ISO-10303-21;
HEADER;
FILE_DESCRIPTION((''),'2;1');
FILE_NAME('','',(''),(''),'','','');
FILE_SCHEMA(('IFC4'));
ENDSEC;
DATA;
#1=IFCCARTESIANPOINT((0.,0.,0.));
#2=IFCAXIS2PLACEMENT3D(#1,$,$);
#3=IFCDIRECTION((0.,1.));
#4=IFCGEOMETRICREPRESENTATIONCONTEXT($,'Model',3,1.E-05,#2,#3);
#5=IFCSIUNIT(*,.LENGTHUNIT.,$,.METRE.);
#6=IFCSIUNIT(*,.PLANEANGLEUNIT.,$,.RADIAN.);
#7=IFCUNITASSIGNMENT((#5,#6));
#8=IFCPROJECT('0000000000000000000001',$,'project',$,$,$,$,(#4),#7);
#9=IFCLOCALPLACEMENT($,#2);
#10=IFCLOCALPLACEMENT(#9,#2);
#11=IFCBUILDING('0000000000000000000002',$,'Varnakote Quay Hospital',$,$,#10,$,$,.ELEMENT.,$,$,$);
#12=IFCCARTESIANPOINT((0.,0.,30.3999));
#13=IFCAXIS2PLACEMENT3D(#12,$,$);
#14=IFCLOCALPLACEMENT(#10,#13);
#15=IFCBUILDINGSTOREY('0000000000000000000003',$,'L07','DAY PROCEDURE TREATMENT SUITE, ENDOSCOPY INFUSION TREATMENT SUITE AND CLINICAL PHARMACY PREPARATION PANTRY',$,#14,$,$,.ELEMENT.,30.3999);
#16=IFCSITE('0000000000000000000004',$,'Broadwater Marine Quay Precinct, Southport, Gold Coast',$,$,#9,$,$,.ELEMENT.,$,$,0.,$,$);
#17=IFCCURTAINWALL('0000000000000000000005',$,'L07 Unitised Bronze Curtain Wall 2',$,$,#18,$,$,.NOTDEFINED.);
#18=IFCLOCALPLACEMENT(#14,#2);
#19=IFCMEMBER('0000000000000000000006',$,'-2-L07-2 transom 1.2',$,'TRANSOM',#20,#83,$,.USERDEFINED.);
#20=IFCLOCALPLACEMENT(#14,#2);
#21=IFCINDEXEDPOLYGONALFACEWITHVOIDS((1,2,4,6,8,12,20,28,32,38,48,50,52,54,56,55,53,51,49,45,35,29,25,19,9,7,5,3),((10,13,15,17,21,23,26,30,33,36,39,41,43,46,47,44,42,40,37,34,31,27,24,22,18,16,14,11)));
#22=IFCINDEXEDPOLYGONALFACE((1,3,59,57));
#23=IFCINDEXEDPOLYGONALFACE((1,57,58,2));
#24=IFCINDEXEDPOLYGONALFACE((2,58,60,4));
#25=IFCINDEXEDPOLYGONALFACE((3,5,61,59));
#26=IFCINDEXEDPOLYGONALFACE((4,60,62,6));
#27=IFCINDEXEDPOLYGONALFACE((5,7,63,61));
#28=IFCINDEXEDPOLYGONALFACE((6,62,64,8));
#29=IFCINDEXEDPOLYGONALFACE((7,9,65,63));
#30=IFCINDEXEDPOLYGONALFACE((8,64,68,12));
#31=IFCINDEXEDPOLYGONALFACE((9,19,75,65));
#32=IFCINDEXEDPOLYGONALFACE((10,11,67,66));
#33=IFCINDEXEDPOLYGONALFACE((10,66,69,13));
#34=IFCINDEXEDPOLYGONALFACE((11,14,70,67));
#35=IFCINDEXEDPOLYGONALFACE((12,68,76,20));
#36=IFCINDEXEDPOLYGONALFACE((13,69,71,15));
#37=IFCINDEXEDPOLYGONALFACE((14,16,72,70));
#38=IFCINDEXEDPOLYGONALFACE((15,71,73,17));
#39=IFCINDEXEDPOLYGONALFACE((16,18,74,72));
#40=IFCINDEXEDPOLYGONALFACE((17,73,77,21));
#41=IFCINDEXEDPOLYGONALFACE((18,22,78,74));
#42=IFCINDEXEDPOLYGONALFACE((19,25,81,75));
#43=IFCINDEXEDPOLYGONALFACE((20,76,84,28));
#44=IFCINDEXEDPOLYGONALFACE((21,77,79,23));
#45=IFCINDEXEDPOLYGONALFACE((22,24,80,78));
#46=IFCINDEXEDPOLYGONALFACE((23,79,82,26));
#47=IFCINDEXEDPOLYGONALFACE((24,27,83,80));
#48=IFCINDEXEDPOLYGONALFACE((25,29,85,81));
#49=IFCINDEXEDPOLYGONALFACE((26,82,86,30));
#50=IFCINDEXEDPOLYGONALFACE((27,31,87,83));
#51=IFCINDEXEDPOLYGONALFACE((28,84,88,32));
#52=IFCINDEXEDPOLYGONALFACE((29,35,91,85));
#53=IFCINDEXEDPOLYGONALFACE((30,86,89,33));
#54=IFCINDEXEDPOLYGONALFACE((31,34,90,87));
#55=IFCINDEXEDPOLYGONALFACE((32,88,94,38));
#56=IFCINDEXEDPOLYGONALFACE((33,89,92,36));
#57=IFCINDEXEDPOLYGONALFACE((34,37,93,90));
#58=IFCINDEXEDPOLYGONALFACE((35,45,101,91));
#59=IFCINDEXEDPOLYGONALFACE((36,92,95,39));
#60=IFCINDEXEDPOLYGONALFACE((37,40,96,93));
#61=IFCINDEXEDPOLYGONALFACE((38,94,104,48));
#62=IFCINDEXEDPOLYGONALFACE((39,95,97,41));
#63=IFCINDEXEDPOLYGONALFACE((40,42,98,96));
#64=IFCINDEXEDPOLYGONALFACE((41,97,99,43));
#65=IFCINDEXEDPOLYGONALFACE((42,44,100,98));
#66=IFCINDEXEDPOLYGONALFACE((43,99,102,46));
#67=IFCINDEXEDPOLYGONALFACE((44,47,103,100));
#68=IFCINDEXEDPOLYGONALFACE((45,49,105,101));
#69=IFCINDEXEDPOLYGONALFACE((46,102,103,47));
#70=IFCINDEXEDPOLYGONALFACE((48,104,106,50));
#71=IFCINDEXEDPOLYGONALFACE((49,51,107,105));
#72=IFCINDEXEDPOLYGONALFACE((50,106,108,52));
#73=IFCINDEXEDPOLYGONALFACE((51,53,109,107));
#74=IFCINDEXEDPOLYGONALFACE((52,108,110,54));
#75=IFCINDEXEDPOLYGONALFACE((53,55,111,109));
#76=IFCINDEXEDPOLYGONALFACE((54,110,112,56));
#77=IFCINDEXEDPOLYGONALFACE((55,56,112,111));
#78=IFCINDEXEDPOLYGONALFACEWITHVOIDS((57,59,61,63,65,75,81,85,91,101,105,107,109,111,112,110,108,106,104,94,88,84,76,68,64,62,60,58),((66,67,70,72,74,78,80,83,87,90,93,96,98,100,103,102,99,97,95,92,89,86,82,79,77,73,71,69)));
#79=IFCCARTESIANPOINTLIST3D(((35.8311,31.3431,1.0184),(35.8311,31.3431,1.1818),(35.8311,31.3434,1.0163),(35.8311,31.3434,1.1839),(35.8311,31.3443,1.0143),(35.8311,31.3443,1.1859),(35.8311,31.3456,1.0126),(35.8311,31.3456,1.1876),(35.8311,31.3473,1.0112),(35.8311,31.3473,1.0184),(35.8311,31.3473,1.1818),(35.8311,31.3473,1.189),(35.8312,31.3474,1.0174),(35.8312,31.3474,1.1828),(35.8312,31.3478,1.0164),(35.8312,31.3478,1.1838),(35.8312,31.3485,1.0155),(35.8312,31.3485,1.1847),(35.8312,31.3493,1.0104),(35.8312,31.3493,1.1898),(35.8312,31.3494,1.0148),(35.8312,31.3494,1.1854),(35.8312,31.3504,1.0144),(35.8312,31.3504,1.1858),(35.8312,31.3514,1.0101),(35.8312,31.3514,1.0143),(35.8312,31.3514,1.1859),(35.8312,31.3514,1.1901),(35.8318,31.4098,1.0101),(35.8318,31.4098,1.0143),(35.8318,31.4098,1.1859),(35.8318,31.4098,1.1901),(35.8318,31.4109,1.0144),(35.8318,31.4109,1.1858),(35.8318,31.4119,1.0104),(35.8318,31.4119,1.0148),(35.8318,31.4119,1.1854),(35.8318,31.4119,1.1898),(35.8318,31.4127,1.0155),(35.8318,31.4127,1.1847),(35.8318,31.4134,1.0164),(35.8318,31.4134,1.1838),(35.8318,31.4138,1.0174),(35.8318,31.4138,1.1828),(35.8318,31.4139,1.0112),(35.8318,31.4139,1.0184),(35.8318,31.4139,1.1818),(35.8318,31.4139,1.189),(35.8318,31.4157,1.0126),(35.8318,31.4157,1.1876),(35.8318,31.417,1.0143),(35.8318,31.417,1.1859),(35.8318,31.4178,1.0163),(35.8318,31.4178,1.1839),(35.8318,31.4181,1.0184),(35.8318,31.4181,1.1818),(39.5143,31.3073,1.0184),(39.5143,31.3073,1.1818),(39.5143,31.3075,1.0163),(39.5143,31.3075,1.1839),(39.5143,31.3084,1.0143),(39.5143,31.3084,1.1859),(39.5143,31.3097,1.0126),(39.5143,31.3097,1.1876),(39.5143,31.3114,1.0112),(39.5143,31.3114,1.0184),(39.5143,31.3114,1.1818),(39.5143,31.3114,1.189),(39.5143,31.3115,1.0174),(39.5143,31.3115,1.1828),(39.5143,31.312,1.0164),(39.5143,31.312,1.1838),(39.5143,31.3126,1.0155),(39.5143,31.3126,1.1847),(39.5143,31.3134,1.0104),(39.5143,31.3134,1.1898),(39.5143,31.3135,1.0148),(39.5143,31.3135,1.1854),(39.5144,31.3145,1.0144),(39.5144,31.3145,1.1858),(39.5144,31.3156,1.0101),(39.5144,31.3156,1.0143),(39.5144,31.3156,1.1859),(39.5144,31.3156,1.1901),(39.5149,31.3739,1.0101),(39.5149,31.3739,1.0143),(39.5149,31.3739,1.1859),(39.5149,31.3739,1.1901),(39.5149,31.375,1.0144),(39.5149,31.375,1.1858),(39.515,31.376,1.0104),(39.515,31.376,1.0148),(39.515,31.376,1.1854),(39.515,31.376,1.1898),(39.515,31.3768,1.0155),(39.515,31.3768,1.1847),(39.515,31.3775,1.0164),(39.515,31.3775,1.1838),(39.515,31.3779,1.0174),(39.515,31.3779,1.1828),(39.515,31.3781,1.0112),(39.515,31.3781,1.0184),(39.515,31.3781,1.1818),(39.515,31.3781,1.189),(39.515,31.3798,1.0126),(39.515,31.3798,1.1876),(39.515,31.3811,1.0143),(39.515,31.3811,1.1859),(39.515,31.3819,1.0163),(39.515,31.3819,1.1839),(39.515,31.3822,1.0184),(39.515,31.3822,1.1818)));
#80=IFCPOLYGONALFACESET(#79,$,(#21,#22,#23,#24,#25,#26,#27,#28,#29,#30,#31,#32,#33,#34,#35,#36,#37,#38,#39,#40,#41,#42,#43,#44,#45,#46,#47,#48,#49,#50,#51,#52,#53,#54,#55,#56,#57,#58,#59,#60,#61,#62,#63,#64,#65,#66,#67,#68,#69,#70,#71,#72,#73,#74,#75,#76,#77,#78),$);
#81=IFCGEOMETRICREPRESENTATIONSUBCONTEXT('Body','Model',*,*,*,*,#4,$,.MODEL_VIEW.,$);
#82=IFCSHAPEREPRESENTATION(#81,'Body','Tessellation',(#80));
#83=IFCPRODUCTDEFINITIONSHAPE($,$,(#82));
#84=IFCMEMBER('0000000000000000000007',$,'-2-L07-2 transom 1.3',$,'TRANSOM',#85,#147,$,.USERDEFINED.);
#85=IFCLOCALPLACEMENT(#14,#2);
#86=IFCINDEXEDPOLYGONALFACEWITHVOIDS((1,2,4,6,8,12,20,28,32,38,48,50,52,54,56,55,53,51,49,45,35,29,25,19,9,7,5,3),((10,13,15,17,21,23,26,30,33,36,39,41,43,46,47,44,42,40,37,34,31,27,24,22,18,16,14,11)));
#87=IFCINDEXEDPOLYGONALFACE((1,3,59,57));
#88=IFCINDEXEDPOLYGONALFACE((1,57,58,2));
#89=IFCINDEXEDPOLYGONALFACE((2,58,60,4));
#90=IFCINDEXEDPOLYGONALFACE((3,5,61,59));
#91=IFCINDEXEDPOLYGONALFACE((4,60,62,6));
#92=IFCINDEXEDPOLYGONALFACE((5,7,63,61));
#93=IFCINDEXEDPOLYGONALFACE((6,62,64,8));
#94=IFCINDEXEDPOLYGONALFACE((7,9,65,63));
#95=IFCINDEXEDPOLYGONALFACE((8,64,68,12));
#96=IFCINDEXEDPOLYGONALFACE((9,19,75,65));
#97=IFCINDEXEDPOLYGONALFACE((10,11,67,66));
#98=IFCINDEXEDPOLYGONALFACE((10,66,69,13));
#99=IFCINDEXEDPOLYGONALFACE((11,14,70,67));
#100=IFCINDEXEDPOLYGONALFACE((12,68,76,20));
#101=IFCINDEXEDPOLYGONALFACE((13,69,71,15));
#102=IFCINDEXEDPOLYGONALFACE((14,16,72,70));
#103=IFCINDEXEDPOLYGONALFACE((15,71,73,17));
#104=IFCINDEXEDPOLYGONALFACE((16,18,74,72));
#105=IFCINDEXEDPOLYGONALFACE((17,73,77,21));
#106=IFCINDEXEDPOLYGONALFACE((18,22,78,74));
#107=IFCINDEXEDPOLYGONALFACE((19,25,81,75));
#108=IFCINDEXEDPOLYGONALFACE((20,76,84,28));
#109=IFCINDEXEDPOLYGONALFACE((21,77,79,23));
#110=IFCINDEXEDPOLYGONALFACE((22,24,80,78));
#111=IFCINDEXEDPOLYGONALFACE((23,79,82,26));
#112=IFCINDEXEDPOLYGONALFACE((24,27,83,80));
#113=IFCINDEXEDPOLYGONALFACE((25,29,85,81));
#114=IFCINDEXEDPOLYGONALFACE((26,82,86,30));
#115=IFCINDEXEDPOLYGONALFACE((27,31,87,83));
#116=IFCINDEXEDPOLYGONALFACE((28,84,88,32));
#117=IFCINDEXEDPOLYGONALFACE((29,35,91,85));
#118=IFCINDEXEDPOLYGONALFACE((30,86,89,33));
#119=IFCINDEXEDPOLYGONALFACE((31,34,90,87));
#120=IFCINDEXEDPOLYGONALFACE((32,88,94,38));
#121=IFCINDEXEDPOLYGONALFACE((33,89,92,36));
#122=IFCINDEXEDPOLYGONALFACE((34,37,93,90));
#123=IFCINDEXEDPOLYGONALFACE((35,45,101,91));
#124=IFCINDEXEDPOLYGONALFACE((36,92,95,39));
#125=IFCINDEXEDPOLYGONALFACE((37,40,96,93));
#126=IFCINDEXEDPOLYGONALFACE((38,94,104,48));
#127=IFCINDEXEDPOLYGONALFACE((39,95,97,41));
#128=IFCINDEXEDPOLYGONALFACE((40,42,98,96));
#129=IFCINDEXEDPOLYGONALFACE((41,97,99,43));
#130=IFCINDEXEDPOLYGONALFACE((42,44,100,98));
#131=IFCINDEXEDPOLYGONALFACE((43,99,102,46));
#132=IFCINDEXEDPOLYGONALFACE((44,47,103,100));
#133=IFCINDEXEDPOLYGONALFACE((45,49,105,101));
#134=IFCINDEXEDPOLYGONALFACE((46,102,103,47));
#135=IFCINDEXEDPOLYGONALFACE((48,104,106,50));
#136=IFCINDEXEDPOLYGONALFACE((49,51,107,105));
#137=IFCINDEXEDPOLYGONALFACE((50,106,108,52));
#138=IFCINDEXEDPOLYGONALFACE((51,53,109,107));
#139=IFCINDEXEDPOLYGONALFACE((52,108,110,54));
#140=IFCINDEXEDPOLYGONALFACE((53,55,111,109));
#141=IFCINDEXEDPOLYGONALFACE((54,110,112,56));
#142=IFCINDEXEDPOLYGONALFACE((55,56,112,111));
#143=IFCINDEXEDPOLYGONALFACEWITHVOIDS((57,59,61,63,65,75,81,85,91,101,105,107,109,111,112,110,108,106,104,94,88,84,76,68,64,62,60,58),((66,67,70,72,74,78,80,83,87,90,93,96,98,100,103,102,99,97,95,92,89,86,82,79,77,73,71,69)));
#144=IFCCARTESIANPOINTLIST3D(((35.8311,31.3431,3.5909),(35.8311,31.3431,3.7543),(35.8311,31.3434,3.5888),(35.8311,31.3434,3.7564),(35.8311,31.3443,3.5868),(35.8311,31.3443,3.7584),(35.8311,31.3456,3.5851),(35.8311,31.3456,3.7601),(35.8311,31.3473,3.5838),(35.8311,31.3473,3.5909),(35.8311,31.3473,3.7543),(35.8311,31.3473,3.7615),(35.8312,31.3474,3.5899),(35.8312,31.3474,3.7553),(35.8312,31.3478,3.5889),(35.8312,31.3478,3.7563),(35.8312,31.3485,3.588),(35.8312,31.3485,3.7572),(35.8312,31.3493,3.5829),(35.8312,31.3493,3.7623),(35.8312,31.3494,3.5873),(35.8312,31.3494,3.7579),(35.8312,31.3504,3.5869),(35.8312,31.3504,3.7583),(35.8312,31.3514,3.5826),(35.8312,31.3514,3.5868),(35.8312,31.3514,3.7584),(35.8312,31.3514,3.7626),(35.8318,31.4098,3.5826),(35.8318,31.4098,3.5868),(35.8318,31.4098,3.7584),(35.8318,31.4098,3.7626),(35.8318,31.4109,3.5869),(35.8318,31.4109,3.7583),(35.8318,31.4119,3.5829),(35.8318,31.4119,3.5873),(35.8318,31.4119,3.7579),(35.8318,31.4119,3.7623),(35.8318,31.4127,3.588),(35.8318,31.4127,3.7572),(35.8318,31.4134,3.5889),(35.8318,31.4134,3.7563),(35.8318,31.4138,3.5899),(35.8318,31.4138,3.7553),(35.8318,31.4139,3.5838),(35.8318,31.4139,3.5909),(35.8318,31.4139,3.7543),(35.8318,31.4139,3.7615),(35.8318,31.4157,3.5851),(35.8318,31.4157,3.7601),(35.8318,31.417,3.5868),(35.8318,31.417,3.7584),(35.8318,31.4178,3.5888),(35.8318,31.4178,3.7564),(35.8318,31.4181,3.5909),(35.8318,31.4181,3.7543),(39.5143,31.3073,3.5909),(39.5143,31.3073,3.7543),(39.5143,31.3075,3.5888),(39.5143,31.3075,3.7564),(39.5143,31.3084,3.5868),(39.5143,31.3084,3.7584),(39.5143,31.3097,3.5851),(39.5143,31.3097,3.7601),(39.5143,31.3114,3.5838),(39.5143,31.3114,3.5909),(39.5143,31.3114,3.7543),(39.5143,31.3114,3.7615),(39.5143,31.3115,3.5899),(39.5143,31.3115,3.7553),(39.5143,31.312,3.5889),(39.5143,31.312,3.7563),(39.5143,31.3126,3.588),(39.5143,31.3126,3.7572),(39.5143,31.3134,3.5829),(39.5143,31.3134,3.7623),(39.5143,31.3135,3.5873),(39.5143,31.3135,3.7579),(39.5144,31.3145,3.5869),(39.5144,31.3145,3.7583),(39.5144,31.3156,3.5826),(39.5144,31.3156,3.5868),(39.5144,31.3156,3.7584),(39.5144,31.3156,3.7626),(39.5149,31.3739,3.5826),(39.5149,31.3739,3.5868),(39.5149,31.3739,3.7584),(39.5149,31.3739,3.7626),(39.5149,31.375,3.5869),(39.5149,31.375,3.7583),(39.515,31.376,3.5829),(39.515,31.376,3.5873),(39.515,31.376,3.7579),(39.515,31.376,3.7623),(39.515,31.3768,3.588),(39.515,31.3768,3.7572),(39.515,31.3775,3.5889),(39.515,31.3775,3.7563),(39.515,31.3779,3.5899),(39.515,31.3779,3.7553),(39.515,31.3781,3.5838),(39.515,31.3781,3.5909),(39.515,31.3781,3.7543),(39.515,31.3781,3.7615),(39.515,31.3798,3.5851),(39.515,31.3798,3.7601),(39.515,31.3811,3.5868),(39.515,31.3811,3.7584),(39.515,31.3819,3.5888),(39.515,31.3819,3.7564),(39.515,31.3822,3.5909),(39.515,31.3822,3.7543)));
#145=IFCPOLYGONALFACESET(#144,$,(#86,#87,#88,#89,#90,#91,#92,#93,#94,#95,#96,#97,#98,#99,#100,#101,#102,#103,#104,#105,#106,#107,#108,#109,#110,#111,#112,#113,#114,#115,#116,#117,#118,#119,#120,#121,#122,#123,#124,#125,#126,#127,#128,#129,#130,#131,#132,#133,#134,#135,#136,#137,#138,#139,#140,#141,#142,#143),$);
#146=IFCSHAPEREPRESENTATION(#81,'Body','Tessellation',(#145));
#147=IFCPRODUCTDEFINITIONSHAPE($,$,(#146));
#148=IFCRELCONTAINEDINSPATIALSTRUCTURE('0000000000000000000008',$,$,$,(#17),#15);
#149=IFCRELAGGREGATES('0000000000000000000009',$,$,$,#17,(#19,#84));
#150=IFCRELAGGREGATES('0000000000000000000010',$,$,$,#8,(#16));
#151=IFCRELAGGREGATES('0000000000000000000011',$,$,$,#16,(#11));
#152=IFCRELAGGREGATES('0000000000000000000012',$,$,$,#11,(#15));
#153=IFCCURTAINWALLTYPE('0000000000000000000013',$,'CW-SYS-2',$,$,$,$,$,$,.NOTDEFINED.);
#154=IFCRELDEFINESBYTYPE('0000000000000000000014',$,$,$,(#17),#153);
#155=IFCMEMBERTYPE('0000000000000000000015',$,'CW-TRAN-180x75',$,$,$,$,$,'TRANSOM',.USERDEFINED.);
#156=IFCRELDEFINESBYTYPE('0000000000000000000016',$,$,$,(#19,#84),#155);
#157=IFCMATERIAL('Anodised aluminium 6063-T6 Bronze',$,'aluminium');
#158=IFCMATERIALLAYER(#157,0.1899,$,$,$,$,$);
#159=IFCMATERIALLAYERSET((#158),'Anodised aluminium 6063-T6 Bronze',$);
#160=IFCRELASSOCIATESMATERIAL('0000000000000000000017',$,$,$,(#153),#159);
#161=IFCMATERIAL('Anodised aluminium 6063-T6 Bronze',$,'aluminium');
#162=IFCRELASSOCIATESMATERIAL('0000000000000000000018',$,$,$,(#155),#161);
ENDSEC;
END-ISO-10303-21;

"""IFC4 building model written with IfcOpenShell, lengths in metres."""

from ifc_helpers import new_model, si_unit, direction, frame, origin, origin_2d, place, context, subcontext, project, spatial, hollow_rectangle, extrude, material, layer, layer_set, material_profile, profile_set, type_object, element, aggregate, save


model = new_model("IFC4")

# Units and contexts
model_context = context("Model", 3, precision=1e-05, world=origin(), true_north=direction((0.0, 1.0)))
body_context = subcontext(model_context, "Body", "Model", "MODEL_VIEW")
ifc_project = project(units=[si_unit("LENGTHUNIT", "METRE"), si_unit("PLANEANGLEUNIT", "RADIAN")], contexts=[model_context])

# Site, building, storey
site_placement = place(None, origin())
site = spatial("IfcSite", under=ifc_project, at=site_placement, Name="Broadwater Marine Quay Precinct, Southport, Gold Coast", CompositionType="ELEMENT", RefElevation=0.0)
building_placement = place(site_placement, origin())
building = spatial("IfcBuilding", under=site, at=building_placement, Name="Varnakote Quay Hospital", CompositionType="ELEMENT")
storey_placement = place(building_placement, frame((0.0, 0.0, 30.3999)))
storey = spatial("IfcBuildingStorey", under=building, at=storey_placement, Name="L07", Description="DAY PROCEDURE TREATMENT SUITE, ENDOSCOPY INFUSION TREATMENT SUITE AND CLINICAL PHARMACY PREPARATION PANTRY", CompositionType="ELEMENT", Elevation=30.3999)

# Shared definitions
ifc_material_1 = material(Name="Anodised aluminium 6063-T6 Bronze", Category="aluminium")
ifc_layer_1 = layer(ifc_material_1, 0.1899)
ifc_layer_set_1 = layer_set([ifc_layer_1], Name="Anodised aluminium 6063-T6 Bronze")
curtain_wall_type = type_object("IfcCurtainWallType", Name="CW-SYS-2", PredefinedType="NOTDEFINED", material=ifc_layer_set_1)

# Curtain wall, members
curtain_wall_1_placement = place(storey_placement, origin())
curtain_wall_1 = element("IfcCurtainWall", 1, at=curtain_wall_1_placement, inside=storey, type_object=curtain_wall_type, Name="L07 Unitised Bronze Curtain Wall 2", PredefinedType="NOTDEFINED")
ifc_material_2 = material(Name="Anodised aluminium 6063-T6 Bronze", Category="aluminium")
ifc_material_profile_1 = material_profile(ifc_material_2, hollow_rectangle(XDim=0.075, YDim=0.1799, WallThickness=0.0042, InnerFilletRadius=0.0042, OuterFilletRadius=0.0083, at=origin_2d()), Name="CW-TRAN-180x75")
ifc_profile_set_1 = profile_set([ifc_material_profile_1], Name="Anodised aluminium 6063-T6 Bronze")
member_type_1 = type_object("IfcMemberType", Name="CW-TRAN-180x75", ElementType="TRANSOM", PredefinedType="USERDEFINED", material=ifc_profile_set_1)
member_1_placement = place(storey_placement, frame((39.5146, 31.3447, 1.1001), z_axis=(-0.999953, 0.009744, 0.0), x_axis=(-0.009744, -0.999953, 0.0)))
member_1 = element("IfcMember", 2, at=member_1_placement, type_object=member_type_1, Name="-2-L07-2 transom 1.2", ObjectType="TRANSOM", PredefinedType="USERDEFINED", context=body_context, shape_type="SweptSolid", body=[
    extrude(hollow_rectangle(XDim=0.075, YDim=0.1799, WallThickness=0.0042, InnerFilletRadius=0.0042, OuterFilletRadius=0.0083, at=origin_2d()), origin(), (0.0, 0.0, 1.0), 3.6833),
])
member_2_placement = place(storey_placement, frame((39.5146, 31.3447, 3.6726), z_axis=(-0.999953, 0.009744, 0.0), x_axis=(-0.009744, -0.999953, 0.0)))
member_2 = element("IfcMember", 3, at=member_2_placement, type_object=member_type_1, Name="-2-L07-2 transom 1.3", ObjectType="TRANSOM", PredefinedType="USERDEFINED", context=body_context, shape_type="SweptSolid", body=[
    extrude(hollow_rectangle(XDim=0.075, YDim=0.1799, WallThickness=0.0042, InnerFilletRadius=0.0042, OuterFilletRadius=0.0083, at=origin_2d()), origin(), (0.0, 0.0, 1.0), 3.6833),
])

aggregate(curtain_wall_1, [member_1, member_2])

save(model, "model.ifc")
